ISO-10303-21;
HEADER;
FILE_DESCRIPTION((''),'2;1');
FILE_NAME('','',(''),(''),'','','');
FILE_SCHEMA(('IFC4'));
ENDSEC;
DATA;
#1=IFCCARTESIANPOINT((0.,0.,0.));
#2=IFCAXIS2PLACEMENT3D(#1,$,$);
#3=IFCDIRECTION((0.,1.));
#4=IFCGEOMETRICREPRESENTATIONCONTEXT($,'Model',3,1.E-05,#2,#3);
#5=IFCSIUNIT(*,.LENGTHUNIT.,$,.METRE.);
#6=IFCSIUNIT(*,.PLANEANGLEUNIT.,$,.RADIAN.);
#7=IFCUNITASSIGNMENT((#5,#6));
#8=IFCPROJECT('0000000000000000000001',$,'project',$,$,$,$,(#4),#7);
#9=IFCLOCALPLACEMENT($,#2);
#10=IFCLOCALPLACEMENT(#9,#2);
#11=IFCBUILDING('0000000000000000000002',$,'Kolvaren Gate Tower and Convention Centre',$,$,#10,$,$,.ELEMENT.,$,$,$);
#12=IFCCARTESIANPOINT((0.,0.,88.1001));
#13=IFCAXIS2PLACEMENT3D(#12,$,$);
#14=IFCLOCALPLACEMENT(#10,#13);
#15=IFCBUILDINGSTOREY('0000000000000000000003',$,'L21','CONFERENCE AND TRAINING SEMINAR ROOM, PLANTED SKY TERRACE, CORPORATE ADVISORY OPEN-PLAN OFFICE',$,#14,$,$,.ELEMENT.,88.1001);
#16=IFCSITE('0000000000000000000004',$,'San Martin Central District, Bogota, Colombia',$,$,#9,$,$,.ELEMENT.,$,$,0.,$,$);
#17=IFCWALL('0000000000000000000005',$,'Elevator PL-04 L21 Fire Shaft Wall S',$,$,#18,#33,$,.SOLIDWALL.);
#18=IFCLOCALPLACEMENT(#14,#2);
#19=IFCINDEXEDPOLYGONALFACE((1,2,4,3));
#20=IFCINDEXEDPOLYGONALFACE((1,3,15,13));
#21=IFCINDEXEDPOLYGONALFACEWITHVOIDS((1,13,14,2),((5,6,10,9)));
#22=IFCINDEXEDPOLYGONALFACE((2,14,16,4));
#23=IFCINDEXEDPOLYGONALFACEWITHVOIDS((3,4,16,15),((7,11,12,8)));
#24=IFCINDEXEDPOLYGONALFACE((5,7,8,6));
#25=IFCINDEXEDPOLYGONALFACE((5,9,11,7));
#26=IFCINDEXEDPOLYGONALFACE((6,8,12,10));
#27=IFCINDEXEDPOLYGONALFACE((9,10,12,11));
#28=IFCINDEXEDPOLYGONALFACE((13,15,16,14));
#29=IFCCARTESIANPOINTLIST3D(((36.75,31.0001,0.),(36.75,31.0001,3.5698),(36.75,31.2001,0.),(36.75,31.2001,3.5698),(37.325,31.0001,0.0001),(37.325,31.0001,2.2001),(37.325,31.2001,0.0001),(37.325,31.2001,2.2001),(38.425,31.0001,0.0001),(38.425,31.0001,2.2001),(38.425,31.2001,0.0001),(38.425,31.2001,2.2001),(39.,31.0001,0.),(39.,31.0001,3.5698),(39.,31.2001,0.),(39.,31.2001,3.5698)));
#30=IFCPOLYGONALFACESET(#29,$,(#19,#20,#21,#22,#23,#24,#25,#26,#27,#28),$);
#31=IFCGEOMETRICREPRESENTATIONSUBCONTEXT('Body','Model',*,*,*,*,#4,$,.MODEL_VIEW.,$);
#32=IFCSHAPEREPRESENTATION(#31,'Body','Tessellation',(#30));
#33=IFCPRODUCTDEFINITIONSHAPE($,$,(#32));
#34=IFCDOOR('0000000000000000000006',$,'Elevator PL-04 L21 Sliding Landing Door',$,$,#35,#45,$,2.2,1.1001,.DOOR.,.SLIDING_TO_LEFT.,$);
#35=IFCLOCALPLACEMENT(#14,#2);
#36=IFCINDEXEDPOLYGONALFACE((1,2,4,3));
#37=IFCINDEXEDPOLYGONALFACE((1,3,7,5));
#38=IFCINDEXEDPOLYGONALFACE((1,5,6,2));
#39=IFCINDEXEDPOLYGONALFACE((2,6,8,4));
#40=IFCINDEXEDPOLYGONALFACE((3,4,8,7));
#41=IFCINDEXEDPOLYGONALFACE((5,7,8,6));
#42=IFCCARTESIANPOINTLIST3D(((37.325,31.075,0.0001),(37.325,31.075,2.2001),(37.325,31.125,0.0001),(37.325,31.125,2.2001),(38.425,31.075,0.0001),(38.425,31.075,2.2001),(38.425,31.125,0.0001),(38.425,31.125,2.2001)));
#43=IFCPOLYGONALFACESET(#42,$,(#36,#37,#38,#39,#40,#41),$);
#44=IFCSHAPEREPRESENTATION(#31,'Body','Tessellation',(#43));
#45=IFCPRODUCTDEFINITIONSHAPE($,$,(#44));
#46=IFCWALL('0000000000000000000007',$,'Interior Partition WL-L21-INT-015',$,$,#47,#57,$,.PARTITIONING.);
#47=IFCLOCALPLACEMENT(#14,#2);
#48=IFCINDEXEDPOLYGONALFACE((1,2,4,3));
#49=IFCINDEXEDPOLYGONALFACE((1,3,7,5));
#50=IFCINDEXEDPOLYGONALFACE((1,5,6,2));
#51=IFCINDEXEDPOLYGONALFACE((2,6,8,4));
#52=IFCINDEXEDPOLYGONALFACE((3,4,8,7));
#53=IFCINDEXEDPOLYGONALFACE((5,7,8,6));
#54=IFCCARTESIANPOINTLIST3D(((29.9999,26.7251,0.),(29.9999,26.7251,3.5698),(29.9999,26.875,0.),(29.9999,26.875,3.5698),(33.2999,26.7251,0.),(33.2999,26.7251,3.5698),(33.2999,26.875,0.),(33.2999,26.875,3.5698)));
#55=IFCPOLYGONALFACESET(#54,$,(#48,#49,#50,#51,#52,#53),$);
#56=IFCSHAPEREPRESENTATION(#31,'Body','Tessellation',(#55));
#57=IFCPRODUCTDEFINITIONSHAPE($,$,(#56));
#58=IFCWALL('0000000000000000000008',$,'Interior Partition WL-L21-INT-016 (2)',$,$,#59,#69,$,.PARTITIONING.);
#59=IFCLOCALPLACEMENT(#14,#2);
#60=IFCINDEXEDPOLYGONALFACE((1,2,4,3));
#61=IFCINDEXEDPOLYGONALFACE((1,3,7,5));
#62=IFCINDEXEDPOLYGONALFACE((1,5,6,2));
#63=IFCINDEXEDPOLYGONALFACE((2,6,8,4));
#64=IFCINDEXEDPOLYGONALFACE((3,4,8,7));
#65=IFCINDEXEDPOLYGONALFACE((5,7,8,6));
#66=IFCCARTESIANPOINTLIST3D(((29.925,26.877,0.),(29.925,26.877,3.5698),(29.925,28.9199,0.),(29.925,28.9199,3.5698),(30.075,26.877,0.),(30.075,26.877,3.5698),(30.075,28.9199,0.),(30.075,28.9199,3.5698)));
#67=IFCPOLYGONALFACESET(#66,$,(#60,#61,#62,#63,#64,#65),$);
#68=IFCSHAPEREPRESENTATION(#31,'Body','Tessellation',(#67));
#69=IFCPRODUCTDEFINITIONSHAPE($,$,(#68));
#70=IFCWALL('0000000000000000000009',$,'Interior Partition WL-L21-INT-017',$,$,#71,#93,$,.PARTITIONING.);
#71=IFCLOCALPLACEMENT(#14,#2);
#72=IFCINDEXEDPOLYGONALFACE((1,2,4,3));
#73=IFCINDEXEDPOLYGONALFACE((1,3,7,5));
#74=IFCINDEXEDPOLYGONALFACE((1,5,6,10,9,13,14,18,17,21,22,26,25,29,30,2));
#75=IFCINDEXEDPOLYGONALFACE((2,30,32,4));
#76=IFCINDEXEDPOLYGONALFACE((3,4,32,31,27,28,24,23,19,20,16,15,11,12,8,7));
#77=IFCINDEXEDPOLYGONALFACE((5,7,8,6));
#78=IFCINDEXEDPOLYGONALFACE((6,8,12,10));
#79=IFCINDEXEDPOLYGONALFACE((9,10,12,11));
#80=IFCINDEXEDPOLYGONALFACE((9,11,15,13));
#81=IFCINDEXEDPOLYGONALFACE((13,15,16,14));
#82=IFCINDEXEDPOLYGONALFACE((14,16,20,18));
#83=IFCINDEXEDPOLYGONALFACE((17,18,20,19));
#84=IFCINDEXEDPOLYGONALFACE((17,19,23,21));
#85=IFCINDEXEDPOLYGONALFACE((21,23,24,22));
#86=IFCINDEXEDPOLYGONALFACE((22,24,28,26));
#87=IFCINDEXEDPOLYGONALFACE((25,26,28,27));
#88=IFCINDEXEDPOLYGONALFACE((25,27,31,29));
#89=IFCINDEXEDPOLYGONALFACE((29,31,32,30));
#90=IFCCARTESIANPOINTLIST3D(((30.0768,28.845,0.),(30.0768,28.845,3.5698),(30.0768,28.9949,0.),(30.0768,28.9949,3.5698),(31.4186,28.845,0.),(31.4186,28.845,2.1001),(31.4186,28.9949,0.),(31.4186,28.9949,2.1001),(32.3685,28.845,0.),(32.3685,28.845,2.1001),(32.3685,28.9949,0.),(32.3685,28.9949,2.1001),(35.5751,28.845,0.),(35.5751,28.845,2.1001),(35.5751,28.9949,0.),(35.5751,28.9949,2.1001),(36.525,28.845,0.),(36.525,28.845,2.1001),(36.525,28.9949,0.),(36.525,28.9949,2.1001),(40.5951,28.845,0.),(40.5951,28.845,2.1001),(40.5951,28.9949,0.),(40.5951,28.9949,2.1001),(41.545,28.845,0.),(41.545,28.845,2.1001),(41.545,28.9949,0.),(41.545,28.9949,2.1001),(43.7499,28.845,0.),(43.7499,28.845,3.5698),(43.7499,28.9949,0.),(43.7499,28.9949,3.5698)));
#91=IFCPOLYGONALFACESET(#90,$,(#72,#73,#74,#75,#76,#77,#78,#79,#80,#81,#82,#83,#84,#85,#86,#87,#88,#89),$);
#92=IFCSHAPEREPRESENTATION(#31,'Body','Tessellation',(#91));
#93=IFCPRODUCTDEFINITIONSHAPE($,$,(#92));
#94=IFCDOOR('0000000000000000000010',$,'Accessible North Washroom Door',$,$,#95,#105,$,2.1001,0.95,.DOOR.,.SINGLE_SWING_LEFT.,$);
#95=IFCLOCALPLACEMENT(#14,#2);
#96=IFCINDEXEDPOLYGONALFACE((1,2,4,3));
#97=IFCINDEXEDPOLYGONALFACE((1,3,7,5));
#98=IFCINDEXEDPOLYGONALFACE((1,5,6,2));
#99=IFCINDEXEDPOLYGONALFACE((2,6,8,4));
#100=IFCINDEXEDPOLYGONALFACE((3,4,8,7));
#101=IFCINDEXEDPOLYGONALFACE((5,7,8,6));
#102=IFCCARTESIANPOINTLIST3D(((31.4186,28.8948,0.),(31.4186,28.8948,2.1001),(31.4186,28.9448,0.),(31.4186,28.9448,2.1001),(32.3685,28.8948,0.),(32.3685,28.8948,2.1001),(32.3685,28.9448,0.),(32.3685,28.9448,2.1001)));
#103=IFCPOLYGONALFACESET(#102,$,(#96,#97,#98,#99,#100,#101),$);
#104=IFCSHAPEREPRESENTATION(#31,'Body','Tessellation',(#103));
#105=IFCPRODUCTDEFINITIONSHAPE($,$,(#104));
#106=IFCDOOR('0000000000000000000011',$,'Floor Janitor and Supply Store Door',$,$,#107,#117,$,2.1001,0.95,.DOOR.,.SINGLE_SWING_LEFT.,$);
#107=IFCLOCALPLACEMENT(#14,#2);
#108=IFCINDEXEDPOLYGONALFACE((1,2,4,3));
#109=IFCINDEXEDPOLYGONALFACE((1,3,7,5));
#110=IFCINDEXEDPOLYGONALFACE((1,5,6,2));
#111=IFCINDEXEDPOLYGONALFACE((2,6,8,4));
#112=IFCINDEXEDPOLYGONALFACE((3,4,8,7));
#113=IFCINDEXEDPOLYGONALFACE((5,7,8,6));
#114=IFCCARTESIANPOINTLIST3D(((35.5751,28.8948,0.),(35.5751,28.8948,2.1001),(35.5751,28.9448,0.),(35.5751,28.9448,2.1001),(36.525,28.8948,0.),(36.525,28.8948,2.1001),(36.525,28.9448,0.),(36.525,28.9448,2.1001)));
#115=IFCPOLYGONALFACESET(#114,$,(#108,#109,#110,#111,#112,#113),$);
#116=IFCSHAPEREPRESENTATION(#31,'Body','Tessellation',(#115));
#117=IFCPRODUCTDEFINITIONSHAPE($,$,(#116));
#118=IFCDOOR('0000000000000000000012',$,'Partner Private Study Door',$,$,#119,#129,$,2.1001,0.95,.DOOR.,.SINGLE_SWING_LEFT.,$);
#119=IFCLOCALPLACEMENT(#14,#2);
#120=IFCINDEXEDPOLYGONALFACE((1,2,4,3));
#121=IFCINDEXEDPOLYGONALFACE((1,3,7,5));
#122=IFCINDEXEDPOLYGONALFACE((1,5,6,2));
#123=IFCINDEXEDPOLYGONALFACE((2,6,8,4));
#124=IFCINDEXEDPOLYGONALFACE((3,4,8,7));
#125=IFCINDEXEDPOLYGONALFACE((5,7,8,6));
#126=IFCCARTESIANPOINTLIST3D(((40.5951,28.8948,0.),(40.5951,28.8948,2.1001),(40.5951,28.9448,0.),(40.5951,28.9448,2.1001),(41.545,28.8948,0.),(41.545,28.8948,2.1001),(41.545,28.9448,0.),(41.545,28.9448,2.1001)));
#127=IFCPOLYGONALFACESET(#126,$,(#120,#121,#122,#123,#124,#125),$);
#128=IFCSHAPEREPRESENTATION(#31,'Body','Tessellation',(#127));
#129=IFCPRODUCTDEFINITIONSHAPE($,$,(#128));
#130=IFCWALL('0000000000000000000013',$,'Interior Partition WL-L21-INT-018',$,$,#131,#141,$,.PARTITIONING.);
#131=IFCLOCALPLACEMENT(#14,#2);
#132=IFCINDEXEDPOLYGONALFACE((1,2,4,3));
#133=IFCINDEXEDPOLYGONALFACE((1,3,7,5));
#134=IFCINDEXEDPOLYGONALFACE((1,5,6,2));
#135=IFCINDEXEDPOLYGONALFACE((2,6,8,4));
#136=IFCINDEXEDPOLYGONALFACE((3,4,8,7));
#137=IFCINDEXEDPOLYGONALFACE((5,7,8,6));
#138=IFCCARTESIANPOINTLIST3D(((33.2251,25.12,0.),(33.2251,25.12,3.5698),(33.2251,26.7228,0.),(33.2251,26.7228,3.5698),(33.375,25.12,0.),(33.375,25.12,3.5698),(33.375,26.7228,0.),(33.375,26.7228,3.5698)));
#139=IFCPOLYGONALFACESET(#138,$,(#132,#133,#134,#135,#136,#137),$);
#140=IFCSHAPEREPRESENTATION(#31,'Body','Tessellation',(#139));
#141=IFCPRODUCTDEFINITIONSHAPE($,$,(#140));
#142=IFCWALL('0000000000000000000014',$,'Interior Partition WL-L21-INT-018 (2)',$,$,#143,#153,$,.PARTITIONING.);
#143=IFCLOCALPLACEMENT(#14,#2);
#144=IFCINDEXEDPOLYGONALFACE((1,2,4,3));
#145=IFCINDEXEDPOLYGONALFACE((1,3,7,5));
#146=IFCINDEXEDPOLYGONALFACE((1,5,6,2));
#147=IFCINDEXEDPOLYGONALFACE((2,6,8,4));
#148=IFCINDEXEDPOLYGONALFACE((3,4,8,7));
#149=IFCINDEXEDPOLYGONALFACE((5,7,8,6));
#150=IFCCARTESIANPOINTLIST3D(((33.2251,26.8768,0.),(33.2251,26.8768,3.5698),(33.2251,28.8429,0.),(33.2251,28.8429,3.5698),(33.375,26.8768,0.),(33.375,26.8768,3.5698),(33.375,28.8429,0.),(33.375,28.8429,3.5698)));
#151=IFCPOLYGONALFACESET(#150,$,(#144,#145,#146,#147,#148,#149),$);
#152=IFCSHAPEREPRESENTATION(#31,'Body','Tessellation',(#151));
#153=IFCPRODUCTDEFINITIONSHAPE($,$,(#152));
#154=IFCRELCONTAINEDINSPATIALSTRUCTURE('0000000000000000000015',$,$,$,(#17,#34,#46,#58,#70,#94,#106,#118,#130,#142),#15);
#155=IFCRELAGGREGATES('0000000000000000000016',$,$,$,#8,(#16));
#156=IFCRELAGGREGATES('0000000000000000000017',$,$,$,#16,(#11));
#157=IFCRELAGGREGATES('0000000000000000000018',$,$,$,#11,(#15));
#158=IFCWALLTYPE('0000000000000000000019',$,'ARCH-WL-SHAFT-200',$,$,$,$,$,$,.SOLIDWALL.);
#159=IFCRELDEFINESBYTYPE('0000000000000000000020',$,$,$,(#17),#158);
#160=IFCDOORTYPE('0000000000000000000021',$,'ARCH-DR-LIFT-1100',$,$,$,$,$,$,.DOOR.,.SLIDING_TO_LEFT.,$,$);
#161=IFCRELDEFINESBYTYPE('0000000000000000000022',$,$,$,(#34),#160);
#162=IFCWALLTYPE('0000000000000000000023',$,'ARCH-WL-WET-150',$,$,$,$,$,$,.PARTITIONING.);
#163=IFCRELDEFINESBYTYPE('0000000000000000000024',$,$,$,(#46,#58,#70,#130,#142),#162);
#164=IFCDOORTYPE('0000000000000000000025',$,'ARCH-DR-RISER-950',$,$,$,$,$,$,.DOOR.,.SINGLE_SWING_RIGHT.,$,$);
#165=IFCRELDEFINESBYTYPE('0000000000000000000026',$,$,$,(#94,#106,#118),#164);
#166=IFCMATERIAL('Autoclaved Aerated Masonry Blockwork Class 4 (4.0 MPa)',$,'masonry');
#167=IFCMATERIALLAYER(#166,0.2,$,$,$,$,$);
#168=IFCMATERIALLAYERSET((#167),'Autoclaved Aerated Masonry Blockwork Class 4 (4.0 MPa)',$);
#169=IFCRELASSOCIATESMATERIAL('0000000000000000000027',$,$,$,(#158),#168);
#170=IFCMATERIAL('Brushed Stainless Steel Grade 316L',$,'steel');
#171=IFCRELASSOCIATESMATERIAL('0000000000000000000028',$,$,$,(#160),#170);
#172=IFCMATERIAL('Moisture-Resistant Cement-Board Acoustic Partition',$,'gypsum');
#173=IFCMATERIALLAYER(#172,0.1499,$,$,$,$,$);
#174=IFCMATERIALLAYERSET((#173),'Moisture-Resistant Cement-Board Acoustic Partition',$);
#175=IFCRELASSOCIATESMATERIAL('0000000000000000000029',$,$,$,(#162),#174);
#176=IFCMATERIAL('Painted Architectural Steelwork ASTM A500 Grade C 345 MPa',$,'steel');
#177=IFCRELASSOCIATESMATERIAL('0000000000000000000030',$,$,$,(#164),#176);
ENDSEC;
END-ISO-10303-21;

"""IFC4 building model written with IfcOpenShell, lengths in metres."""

from ifc_helpers import new_model, si_unit, direction, frame, frame_2d, origin, place, context, subcontext, project, spatial, rectangle, extrude, material, layer, layer_set, type_object, element, fill, save


model = new_model("IFC4")

# Units and contexts
model_context = context("Model", 3, precision=1e-05, world=origin(), true_north=direction((0.0, 1.0)))
body_context = subcontext(model_context, "Body", "Model", "MODEL_VIEW")
ifc_project = project(units=[si_unit("LENGTHUNIT", "METRE"), si_unit("PLANEANGLEUNIT", "RADIAN")], contexts=[model_context])

# Site, building, storey
site_placement = place(None, origin())
site = spatial("IfcSite", under=ifc_project, at=site_placement, Name="San Martin Central District, Bogota, Colombia", CompositionType="ELEMENT", RefElevation=0.0)
building_placement = place(site_placement, origin())
building = spatial("IfcBuilding", under=site, at=building_placement, Name="Kolvaren Gate Tower and Convention Centre", CompositionType="ELEMENT")
storey_placement = place(building_placement, frame((0.0, 0.0, 88.1001)))
storey = spatial("IfcBuildingStorey", under=building, at=storey_placement, Name="L21", Description="CONFERENCE AND TRAINING SEMINAR ROOM, PLANTED SKY TERRACE, CORPORATE ADVISORY OPEN-PLAN OFFICE", CompositionType="ELEMENT", Elevation=88.1001)

# Shared definitions
ifc_material_1 = material(Name="Autoclaved Aerated Masonry Blockwork Class 4 (4.0 MPa)", Category="masonry")
ifc_layer_1 = layer(ifc_material_1, 0.2)
ifc_layer_set_1 = layer_set([ifc_layer_1], Name="Autoclaved Aerated Masonry Blockwork Class 4 (4.0 MPa)")
wall_type_1 = type_object("IfcWallType", Name="ARCH-WL-SHAFT-200", PredefinedType="SOLIDWALL", material=ifc_layer_set_1)
ifc_material_2 = material(Name="Brushed Stainless Steel Grade 316L", Category="steel")
door_type_1 = type_object("IfcDoorType", Name="ARCH-DR-LIFT-1100", OperationType="SLIDING_TO_LEFT", PredefinedType="DOOR", material=ifc_material_2)

# Wall, opening, door
wall_1_placement = place(storey_placement, frame((36.75, 31.1001, 0.0), z_axis=(0.0, 0.0, 1.0), x_axis=(1.0, 0.0, 0.0)))
wall_1 = element("IfcWall", 1, at=wall_1_placement, inside=storey, type_object=wall_type_1, Name="Elevator PL-04 L21 Fire Shaft Wall S", PredefinedType="SOLIDWALL", context=body_context, shape_type="SweptSolid", body=[
    extrude(rectangle(XDim=2.25, YDim=0.2, at=frame_2d((1.125, 0.0))), origin(), (0.0, 0.0, 1.0), 3.5698),
])
opening_1_placement = place(wall_1_placement, frame((0.575, 0.0, 0.0)))
opening_1 = element("IfcOpeningElement", 2, at=opening_1_placement, cuts=wall_1, PredefinedType="OPENING", context=body_context, shape_type="SweptSolid", body=[
    extrude(rectangle(XDim=1.1001, YDim=2.2, at=frame_2d((0.55, 1.1001))), frame((0.0, 0.1099, 0.0), z_axis=(0.0, -1.0, 0.0), x_axis=(1.0, 0.0, 0.0)), (0.0, 0.0, 1.0), 0.22),
])
door_1_placement = place(opening_1_placement, origin())
door_1 = element("IfcDoor", 3, at=door_1_placement, inside=storey, type_object=door_type_1, Name="Elevator PL-04 L21 Sliding Landing Door", OperationType="SLIDING_TO_LEFT", OverallHeight=2.2, OverallWidth=1.1001, PredefinedType="DOOR", context=body_context, shape_type="SweptSolid", body=[
    extrude(rectangle(XDim=1.1001, YDim=2.2, at=frame_2d((0.55, 1.1001))), frame((0.0, 0.0249, 0.0), z_axis=(0.0, -1.0, 0.0), x_axis=(1.0, 0.0, 0.0)), (0.0, 0.0, 1.0), 0.05),
])
fill(opening_1, door_1)

# Walls
ifc_material_3 = material(Name="Moisture-Resistant Cement-Board Acoustic Partition", Category="gypsum")
ifc_layer_2 = layer(ifc_material_3, 0.1499)
ifc_layer_set_2 = layer_set([ifc_layer_2], Name="Moisture-Resistant Cement-Board Acoustic Partition")
wall_type_2 = type_object("IfcWallType", Name="ARCH-WL-WET-150", PredefinedType="PARTITIONING", material=ifc_layer_set_2)
wall_2_placement = place(storey_placement, frame((30.0, 26.8, 0.0), z_axis=(0.0, 0.0, 1.0), x_axis=(1.0, 0.0, 0.0)))
element("IfcWall", 4, at=wall_2_placement, inside=storey, type_object=wall_type_2, Name="Interior Partition WL-L21-INT-015", PredefinedType="PARTITIONING", context=body_context, shape_type="SweptSolid", body=[
    extrude(rectangle(XDim=3.3, YDim=0.1499, at=frame_2d((1.6499, 0.0))), origin(), (0.0, 0.0, 1.0), 3.5698),
])
wall_3_placement = place(storey_placement, frame((30.0, 26.877, 0.0), z_axis=(0.0, 0.0, 1.0), x_axis=(0.0, 1.0, 0.0)))
element("IfcWall", 5, at=wall_3_placement, inside=storey, type_object=wall_type_2, Name="Interior Partition WL-L21-INT-016 (2)", PredefinedType="PARTITIONING", context=body_context, shape_type="SweptSolid", body=[
    extrude(rectangle(XDim=2.043, YDim=0.1499, at=frame_2d((1.0215, 0.0))), origin(), (0.0, 0.0, 1.0), 3.5698),
])

# Wall, openings, doors
wall_4_placement = place(storey_placement, frame((30.0769, 28.9199, 0.0), z_axis=(0.0, 0.0, 1.0), x_axis=(1.0, 0.0, 0.0)))
wall_4 = element("IfcWall", 6, at=wall_4_placement, inside=storey, type_object=wall_type_2, Name="Interior Partition WL-L21-INT-017", PredefinedType="PARTITIONING", context=body_context, shape_type="SweptSolid", body=[
    extrude(rectangle(XDim=13.6731, YDim=0.1499, at=frame_2d((6.8364, 0.0))), origin(), (0.0, 0.0, 1.0), 3.5698),
])
opening_2_placement = place(wall_4_placement, frame((1.3416, 0.0, 0.0)))
opening_2 = element("IfcOpeningElement", 7, at=opening_2_placement, cuts=wall_4, PredefinedType="OPENING", context=body_context, shape_type="SweptSolid", body=[
    extrude(rectangle(XDim=0.95, YDim=2.1001, at=frame_2d((0.4751, 1.05))), frame((0.0, 0.085, 0.0), z_axis=(0.0, -1.0, 0.0), x_axis=(1.0, 0.0, 0.0)), (0.0, 0.0, 1.0), 0.1699),
])
opening_3_placement = place(wall_4_placement, frame((5.498, 0.0, 0.0)))
opening_3 = element("IfcOpeningElement", 8, at=opening_3_placement, cuts=wall_4, PredefinedType="OPENING", context=body_context, shape_type="SweptSolid", body=[
    extrude(rectangle(XDim=0.95, YDim=2.1001, at=frame_2d((0.4751, 1.05))), frame((0.0, 0.085, 0.0), z_axis=(0.0, -1.0, 0.0), x_axis=(1.0, 0.0, 0.0)), (0.0, 0.0, 1.0), 0.1699),
])
opening_4_placement = place(wall_4_placement, frame((10.5181, 0.0, 0.0)))
opening_4 = element("IfcOpeningElement", 9, at=opening_4_placement, cuts=wall_4, PredefinedType="OPENING", context=body_context, shape_type="SweptSolid", body=[
    extrude(rectangle(XDim=0.95, YDim=2.1001, at=frame_2d((0.4751, 1.05))), frame((0.0, 0.085, 0.0), z_axis=(0.0, -1.0, 0.0), x_axis=(1.0, 0.0, 0.0)), (0.0, 0.0, 1.0), 0.1699),
])
ifc_material_4 = material(Name="Painted Architectural Steelwork ASTM A500 Grade C 345 MPa", Category="steel")
door_type_2 = type_object("IfcDoorType", Name="ARCH-DR-RISER-950", OperationType="SINGLE_SWING_RIGHT", PredefinedType="DOOR", material=ifc_material_4)
door_2_placement = place(opening_2_placement, origin())
door_2 = element("IfcDoor", 10, at=door_2_placement, inside=storey, type_object=door_type_2, Name="Accessible North Washroom Door", OperationType="SINGLE_SWING_LEFT", OverallHeight=2.1001, OverallWidth=0.95, PredefinedType="DOOR", context=body_context, shape_type="SweptSolid", body=[
    extrude(rectangle(XDim=0.95, YDim=2.1001, at=frame_2d((0.4751, 1.05))), frame((0.0, 0.0249, 0.0), z_axis=(0.0, -1.0, 0.0), x_axis=(1.0, 0.0, 0.0)), (0.0, 0.0, 1.0), 0.05),
])
fill(opening_2, door_2)
door_3_placement = place(opening_3_placement, origin())
door_3 = element("IfcDoor", 11, at=door_3_placement, inside=storey, type_object=door_type_2, Name="Floor Janitor and Supply Store Door", OperationType="SINGLE_SWING_LEFT", OverallHeight=2.1001, OverallWidth=0.95, PredefinedType="DOOR", context=body_context, shape_type="SweptSolid", body=[
    extrude(rectangle(XDim=0.95, YDim=2.1001, at=frame_2d((0.4751, 1.05))), frame((0.0, 0.0249, 0.0), z_axis=(0.0, -1.0, 0.0), x_axis=(1.0, 0.0, 0.0)), (0.0, 0.0, 1.0), 0.05),
])
fill(opening_3, door_3)
door_4_placement = place(opening_4_placement, origin())
door_4 = element("IfcDoor", 12, at=door_4_placement, inside=storey, type_object=door_type_2, Name="Partner Private Study Door", OperationType="SINGLE_SWING_LEFT", OverallHeight=2.1001, OverallWidth=0.95, PredefinedType="DOOR", context=body_context, shape_type="SweptSolid", body=[
    extrude(rectangle(XDim=0.95, YDim=2.1001, at=frame_2d((0.4751, 1.05))), frame((0.0, 0.0249, 0.0), z_axis=(0.0, -1.0, 0.0), x_axis=(1.0, 0.0, 0.0)), (0.0, 0.0, 1.0), 0.05),
])
fill(opening_4, door_4)

# Walls
wall_5_placement = place(storey_placement, frame((33.3, 25.1201, 0.0), z_axis=(0.0, 0.0, 1.0), x_axis=(0.0, 1.0, 0.0)))
element("IfcWall", 13, at=wall_5_placement, inside=storey, type_object=wall_type_2, Name="Interior Partition WL-L21-INT-018", PredefinedType="PARTITIONING", context=body_context, shape_type="SweptSolid", body=[
    extrude(rectangle(XDim=1.6028, YDim=0.1499, at=frame_2d((0.8013, 0.0))), origin(), (0.0, 0.0, 1.0), 3.5698),
])
wall_6_placement = place(storey_placement, frame((33.3, 26.877, 0.0), z_axis=(0.0, 0.0, 1.0), x_axis=(0.0, 1.0, 0.0)))
element("IfcWall", 14, at=wall_6_placement, inside=storey, type_object=wall_type_2, Name="Interior Partition WL-L21-INT-018 (2)", PredefinedType="PARTITIONING", context=body_context, shape_type="SweptSolid", body=[
    extrude(rectangle(XDim=1.9661, YDim=0.1499, at=frame_2d((0.9829, 0.0))), origin(), (0.0, 0.0, 1.0), 3.5698),
])

save(model, "model.ifc")
